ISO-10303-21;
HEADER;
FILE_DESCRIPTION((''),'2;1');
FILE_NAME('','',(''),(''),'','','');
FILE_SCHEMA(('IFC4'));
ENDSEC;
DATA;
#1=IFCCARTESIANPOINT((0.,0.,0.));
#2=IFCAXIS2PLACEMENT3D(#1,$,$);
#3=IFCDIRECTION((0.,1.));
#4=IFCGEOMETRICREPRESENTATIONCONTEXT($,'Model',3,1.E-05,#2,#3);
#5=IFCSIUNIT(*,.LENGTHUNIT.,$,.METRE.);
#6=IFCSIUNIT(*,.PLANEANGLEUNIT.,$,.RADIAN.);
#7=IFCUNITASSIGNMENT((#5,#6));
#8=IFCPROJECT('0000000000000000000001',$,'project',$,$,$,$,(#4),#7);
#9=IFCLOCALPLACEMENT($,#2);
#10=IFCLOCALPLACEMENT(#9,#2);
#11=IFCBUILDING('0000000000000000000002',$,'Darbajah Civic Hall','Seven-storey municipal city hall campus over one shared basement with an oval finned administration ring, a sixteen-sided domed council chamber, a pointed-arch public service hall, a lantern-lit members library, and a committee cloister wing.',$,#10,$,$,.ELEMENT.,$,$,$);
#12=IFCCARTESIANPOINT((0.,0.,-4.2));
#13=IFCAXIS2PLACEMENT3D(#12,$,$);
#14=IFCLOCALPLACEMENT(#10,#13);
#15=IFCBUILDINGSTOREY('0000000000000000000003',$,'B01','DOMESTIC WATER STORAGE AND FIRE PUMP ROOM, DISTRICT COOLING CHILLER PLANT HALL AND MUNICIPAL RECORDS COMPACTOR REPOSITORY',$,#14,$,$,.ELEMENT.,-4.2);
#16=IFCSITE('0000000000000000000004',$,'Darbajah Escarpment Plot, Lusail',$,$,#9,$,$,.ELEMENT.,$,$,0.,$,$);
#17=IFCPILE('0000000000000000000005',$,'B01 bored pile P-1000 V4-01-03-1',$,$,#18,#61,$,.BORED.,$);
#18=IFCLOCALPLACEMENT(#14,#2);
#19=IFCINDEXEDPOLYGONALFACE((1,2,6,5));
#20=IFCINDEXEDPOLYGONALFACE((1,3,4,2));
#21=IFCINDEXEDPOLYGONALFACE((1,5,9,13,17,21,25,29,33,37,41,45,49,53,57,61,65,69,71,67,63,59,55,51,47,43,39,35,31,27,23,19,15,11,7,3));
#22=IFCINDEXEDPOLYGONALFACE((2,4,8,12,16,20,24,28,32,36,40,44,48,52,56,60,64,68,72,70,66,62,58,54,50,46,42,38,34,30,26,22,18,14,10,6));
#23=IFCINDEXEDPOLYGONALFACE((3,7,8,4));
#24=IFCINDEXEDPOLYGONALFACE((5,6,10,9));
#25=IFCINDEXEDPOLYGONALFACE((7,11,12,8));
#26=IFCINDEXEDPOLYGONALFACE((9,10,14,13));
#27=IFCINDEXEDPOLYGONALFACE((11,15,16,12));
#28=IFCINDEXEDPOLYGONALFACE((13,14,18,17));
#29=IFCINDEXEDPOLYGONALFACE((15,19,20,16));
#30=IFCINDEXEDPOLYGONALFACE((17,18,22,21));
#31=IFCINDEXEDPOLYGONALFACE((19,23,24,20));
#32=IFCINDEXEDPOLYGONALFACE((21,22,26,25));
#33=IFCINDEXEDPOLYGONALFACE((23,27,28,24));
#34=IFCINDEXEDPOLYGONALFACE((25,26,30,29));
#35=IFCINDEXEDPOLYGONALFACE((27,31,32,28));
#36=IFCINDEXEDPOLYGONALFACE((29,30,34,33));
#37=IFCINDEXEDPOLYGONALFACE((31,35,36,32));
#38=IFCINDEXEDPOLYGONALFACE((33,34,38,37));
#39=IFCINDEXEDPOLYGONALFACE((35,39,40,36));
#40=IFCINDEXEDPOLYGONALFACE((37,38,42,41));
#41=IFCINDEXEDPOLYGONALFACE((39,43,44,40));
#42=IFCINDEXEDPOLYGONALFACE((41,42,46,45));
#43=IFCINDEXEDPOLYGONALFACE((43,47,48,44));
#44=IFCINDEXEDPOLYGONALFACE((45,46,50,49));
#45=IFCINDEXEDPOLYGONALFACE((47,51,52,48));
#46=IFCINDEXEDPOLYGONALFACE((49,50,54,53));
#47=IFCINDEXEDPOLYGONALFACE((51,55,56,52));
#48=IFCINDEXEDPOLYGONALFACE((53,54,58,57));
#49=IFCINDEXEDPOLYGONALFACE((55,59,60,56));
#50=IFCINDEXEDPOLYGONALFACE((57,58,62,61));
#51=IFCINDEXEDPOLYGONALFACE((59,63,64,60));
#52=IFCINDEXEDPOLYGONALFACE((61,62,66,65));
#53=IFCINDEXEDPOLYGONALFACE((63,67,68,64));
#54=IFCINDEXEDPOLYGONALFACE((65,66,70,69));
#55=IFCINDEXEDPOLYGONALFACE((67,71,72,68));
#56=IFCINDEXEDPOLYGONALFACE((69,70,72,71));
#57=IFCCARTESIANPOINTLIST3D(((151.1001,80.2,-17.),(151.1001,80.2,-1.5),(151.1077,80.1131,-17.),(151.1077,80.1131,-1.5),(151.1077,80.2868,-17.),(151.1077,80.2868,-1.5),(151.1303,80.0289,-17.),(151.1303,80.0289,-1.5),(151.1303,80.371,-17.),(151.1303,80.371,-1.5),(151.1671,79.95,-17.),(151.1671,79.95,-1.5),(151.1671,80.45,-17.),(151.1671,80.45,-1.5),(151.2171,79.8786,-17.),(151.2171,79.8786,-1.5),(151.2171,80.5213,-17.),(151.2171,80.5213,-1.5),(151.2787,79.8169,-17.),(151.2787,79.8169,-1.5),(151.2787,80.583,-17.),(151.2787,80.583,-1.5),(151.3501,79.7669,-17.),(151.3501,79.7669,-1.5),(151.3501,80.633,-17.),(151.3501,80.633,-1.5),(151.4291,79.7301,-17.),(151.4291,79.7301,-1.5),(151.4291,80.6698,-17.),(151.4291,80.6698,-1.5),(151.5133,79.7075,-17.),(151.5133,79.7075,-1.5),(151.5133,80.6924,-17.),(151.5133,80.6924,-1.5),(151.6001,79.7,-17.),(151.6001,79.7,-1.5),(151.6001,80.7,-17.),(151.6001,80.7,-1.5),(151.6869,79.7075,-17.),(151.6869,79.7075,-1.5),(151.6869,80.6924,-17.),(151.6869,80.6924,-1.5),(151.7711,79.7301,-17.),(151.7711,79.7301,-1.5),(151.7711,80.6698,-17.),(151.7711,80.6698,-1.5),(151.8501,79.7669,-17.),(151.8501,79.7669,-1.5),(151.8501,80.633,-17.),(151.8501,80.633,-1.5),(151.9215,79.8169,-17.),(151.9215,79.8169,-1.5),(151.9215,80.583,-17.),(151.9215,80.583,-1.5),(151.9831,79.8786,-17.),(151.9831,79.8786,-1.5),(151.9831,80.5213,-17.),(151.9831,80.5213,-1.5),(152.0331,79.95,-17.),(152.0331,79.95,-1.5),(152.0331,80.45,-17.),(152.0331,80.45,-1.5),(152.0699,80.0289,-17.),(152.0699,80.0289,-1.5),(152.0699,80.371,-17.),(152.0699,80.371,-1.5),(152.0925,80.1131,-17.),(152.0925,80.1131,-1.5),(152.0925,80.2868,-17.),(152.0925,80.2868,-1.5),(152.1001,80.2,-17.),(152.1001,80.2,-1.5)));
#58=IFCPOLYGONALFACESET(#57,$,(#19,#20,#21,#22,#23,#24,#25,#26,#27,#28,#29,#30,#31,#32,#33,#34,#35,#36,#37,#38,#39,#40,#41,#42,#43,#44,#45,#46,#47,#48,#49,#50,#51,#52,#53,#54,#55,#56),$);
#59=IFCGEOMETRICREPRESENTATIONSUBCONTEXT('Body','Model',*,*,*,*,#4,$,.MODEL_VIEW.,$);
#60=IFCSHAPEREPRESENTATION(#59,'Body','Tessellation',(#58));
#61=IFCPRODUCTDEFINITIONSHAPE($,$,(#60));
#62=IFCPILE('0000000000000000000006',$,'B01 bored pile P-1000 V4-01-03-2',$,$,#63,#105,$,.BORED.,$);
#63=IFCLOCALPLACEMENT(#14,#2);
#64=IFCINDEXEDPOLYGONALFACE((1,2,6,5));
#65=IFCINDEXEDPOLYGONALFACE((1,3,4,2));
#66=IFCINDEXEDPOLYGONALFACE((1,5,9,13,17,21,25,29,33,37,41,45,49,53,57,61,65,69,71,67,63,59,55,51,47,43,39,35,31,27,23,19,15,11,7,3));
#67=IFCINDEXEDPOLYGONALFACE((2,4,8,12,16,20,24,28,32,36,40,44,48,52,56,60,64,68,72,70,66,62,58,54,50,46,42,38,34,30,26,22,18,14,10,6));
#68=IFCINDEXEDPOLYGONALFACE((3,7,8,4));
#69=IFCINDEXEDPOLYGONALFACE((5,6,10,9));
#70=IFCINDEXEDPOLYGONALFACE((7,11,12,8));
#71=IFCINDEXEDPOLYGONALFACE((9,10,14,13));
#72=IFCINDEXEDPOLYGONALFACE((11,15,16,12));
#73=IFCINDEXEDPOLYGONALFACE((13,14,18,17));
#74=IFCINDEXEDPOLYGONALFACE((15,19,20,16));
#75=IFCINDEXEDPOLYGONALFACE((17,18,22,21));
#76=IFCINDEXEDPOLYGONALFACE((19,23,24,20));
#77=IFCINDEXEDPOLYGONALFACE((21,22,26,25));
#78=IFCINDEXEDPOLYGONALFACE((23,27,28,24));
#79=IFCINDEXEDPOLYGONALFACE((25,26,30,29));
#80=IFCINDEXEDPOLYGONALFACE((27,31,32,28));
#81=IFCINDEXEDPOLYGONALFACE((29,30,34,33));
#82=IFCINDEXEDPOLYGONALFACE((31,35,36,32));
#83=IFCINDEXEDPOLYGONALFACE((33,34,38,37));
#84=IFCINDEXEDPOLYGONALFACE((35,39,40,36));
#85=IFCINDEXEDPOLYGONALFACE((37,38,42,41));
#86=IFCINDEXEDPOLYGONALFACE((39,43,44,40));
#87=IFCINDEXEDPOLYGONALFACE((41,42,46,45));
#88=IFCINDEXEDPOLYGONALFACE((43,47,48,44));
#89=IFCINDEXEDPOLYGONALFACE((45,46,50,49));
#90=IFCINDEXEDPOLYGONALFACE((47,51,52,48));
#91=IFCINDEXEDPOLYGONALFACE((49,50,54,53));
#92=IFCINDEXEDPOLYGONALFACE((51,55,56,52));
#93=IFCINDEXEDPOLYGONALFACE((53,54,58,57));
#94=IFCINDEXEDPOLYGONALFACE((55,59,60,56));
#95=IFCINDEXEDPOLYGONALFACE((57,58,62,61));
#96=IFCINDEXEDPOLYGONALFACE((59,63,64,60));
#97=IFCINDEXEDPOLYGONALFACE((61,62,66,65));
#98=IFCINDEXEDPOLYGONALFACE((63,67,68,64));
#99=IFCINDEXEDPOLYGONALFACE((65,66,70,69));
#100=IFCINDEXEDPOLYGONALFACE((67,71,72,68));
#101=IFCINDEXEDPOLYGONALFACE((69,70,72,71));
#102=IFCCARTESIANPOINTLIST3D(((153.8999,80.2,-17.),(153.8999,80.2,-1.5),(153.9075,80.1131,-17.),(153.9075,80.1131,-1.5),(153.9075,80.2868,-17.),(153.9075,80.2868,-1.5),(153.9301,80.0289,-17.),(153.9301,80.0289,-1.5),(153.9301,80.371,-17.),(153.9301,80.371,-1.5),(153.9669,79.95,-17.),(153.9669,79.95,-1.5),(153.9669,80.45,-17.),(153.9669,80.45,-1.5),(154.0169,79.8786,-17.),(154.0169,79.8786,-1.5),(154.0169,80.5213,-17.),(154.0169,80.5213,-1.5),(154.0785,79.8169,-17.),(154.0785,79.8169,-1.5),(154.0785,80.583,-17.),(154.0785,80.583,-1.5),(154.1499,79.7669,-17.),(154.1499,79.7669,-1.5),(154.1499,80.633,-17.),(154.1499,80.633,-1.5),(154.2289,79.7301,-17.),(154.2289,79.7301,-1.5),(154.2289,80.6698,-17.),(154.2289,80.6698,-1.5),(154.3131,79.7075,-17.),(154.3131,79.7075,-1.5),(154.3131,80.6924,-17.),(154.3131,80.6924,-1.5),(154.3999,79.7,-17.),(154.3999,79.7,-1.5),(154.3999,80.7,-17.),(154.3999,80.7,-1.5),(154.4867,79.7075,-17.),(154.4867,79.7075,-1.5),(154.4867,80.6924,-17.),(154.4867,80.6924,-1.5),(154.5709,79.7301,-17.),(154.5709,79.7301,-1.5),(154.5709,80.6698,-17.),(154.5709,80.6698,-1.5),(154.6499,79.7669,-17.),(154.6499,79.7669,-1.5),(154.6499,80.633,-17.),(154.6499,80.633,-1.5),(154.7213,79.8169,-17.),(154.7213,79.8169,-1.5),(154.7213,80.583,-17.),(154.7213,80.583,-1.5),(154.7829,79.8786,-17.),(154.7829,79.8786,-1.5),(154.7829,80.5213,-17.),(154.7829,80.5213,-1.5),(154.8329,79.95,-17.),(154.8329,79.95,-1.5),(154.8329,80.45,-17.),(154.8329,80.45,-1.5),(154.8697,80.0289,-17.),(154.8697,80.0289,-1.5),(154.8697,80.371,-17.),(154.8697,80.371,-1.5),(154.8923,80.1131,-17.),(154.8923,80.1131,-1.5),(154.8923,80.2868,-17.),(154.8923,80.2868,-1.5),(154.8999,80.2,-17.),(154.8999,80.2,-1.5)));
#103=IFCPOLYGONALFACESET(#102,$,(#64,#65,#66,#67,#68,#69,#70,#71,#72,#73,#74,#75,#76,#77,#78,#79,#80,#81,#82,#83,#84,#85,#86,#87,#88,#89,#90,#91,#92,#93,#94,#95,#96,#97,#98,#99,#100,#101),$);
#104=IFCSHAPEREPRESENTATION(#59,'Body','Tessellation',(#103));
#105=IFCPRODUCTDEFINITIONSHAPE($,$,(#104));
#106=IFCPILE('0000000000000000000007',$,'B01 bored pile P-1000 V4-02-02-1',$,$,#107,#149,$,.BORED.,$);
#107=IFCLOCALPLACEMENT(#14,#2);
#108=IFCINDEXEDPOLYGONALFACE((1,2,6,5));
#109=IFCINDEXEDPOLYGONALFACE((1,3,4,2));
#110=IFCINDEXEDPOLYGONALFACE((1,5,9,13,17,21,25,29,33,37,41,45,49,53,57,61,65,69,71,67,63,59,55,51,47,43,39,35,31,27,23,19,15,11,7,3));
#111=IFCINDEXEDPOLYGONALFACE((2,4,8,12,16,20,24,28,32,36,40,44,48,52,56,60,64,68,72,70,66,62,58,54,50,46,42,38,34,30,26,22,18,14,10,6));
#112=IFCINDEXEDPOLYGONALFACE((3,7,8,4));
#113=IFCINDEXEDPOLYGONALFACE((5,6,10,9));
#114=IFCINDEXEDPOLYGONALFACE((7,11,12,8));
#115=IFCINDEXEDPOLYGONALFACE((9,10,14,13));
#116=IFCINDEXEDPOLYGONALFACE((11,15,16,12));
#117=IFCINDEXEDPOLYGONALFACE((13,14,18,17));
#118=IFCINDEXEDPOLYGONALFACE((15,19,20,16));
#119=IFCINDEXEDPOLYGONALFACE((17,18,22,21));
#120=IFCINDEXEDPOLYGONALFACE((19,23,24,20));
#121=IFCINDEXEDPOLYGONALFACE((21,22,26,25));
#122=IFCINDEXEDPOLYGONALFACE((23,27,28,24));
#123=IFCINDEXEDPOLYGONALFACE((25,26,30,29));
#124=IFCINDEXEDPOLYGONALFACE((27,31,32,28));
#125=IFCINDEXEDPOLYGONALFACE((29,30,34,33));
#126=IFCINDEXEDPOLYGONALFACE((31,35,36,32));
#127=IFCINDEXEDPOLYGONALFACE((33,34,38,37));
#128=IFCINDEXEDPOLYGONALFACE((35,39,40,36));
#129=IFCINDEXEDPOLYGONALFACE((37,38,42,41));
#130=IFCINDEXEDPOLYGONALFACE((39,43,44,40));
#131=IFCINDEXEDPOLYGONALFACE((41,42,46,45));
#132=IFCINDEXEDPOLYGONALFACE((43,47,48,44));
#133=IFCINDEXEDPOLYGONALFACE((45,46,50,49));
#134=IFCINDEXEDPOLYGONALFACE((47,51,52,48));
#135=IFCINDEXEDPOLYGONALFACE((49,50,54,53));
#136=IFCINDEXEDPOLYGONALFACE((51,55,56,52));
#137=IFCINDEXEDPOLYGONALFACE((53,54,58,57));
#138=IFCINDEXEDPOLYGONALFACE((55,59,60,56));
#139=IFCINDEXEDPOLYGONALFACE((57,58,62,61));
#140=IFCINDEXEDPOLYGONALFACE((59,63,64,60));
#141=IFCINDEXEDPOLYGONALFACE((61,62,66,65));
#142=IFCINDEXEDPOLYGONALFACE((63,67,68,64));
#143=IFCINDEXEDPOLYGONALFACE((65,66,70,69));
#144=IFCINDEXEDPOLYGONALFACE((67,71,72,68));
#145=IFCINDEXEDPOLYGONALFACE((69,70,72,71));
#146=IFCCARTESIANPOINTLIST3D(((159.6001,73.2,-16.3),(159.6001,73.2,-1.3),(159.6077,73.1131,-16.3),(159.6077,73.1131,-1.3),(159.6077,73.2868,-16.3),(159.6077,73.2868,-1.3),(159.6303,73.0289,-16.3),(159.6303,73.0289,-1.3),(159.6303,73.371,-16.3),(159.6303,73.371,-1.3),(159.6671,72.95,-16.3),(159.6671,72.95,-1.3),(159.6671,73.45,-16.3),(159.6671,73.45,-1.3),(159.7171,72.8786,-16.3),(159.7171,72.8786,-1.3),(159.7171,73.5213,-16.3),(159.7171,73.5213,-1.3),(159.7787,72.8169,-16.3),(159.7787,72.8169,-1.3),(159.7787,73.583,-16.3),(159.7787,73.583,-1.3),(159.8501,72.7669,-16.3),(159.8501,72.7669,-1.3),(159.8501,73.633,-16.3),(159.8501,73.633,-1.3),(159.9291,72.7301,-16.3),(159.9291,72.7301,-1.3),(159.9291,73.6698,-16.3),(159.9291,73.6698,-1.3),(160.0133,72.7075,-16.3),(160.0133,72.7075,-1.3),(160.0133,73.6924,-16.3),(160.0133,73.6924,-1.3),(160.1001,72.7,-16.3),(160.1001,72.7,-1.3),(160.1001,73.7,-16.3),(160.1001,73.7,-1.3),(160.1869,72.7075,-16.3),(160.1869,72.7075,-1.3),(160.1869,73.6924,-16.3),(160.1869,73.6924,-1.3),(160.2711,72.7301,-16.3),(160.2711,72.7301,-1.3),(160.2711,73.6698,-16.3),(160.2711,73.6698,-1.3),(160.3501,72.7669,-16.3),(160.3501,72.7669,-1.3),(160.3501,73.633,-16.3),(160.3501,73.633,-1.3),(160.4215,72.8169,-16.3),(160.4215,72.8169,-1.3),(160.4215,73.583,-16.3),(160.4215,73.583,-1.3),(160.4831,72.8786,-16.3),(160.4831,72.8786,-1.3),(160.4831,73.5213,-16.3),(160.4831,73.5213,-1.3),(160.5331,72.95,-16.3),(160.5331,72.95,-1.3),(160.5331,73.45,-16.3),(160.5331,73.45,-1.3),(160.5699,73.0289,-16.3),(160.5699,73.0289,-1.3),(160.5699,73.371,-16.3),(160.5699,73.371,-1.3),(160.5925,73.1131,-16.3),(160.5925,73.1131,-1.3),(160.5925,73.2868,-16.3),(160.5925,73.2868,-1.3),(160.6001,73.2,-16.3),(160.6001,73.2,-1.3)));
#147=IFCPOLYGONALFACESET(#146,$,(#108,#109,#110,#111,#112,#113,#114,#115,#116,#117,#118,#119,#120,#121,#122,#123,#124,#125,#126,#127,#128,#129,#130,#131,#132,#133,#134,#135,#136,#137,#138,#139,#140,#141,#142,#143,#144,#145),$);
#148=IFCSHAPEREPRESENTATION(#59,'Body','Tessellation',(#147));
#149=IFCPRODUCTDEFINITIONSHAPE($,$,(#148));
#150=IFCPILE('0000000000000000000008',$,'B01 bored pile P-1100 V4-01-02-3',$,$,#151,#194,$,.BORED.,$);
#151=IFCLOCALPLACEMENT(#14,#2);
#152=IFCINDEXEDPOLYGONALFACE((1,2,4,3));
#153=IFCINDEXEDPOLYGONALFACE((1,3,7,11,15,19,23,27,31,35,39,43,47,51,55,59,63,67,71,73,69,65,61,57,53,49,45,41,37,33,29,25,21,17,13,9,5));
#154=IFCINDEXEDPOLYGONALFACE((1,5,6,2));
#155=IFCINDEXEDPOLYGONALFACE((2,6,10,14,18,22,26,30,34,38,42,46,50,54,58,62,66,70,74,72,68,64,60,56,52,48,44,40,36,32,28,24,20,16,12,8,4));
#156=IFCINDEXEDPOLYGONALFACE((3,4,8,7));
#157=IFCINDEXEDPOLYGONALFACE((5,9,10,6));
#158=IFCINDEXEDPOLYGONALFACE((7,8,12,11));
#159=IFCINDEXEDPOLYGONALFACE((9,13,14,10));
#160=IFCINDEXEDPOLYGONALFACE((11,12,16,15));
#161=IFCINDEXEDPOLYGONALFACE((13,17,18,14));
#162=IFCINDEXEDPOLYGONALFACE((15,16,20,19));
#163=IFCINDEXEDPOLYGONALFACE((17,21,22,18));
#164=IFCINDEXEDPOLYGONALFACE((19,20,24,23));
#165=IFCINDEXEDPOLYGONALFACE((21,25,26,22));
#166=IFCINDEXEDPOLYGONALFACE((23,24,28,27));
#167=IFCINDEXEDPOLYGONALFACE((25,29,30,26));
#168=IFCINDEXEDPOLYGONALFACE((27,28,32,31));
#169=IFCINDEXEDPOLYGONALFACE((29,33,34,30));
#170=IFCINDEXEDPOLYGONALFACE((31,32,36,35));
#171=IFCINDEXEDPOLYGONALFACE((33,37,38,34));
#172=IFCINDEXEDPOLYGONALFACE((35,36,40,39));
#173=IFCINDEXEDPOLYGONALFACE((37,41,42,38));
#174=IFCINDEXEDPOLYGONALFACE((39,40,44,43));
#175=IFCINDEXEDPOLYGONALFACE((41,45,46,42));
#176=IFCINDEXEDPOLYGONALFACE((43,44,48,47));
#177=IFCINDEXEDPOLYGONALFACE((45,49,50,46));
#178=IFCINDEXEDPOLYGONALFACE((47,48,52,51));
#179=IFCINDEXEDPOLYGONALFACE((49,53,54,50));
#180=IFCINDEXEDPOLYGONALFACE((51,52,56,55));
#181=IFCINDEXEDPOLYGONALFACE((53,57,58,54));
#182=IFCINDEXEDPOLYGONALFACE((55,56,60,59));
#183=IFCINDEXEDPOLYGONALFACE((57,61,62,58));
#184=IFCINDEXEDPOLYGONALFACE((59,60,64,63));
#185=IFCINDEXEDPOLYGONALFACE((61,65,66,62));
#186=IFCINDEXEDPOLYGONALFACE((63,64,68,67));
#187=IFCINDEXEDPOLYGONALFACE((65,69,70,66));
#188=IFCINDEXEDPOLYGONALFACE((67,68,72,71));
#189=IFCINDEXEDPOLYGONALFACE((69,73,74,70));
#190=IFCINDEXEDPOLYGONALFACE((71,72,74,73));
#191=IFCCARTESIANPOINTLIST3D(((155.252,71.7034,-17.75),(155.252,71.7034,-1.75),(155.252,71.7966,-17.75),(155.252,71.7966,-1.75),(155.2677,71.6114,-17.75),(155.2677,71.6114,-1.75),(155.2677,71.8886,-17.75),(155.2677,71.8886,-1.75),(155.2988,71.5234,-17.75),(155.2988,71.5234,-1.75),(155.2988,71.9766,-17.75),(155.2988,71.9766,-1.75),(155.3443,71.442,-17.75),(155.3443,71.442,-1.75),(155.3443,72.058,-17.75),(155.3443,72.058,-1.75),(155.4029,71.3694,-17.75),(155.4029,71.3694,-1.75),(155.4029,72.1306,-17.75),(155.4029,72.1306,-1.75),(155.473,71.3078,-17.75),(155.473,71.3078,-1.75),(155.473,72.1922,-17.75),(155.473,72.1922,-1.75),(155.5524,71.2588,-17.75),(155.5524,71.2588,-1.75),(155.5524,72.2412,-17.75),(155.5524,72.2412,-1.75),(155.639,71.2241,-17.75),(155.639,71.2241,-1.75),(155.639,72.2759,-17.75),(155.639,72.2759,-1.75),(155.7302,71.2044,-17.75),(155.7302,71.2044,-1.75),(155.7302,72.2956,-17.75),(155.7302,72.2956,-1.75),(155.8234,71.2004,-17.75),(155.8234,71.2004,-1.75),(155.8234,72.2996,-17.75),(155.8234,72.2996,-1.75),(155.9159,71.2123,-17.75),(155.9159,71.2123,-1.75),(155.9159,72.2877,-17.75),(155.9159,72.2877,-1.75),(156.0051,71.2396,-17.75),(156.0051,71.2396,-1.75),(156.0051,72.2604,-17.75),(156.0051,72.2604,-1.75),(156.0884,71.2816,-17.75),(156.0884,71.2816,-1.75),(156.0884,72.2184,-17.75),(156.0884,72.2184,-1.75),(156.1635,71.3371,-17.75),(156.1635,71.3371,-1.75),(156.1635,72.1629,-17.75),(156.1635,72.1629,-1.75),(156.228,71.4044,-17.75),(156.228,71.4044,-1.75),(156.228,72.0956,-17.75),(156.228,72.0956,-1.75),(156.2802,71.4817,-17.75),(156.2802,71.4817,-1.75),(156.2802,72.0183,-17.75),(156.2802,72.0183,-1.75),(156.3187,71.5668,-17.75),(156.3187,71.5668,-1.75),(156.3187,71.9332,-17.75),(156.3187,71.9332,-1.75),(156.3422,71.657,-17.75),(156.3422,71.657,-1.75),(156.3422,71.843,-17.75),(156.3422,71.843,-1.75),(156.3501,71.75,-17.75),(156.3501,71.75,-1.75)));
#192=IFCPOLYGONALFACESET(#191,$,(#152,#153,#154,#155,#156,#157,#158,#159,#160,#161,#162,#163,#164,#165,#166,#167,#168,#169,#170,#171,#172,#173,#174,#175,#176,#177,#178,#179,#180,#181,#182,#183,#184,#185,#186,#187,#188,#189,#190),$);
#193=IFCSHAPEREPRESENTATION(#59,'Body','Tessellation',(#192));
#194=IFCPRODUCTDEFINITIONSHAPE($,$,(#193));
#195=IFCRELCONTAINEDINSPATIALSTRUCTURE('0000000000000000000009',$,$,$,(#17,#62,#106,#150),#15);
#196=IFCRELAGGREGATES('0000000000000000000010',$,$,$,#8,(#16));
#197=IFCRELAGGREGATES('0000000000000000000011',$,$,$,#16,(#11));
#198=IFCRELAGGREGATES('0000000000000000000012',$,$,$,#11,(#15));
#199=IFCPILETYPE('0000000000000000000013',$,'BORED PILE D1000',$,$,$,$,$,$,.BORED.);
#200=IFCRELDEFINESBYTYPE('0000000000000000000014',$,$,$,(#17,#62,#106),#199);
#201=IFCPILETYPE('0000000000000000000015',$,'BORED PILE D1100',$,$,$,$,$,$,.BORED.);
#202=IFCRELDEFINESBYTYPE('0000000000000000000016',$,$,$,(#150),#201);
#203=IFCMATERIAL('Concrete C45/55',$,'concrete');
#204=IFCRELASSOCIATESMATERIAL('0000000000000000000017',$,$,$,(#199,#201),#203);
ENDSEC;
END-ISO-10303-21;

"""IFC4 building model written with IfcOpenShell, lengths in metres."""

from ifc_helpers import new_model, si_unit, direction, frame, origin, origin_2d, place, context, subcontext, project, spatial, circle, extrude, material, material_profile, profile_set, type_object, element, save


model = new_model("IFC4")

# Units and contexts
model_context = context("Model", 3, precision=1e-05, world=origin(), true_north=direction((0.0, 1.0)))
body_context = subcontext(model_context, "Body", "Model", "MODEL_VIEW")
ifc_project = project(units=[si_unit("LENGTHUNIT", "METRE"), si_unit("PLANEANGLEUNIT", "RADIAN")], contexts=[model_context])

# Site, building, storey
site_placement = place(None, origin())
site = spatial("IfcSite", under=ifc_project, at=site_placement, Name="Darbajah Escarpment Plot, Lusail", CompositionType="ELEMENT", RefElevation=0.0)
building_placement = place(site_placement, origin())
building = spatial("IfcBuilding", under=site, at=building_placement, Name="Darbajah Civic Hall", Description="Seven-storey municipal city hall campus over one shared basement with an oval finned administration ring, a sixteen-sided domed council chamber, a pointed-arch public service hall, a lantern-lit members library, and a committee cloister wing.", CompositionType="ELEMENT")
storey_placement = place(building_placement, frame((0.0, 0.0, -4.2)))
storey = spatial("IfcBuildingStorey", under=building, at=storey_placement, Name="B01", Description="DOMESTIC WATER STORAGE AND FIRE PUMP ROOM, DISTRICT COOLING CHILLER PLANT HALL AND MUNICIPAL RECORDS COMPACTOR REPOSITORY", CompositionType="ELEMENT", Elevation=-4.2)

# Piles
ifc_material_1 = material(Name="Concrete C45/55", Category="concrete")
ifc_material_profile_1 = material_profile(ifc_material_1, circle(Radius=0.5, at=origin_2d()), Name="BORED PILE D1000")
ifc_profile_set_1 = profile_set([ifc_material_profile_1], Name="Concrete C45/55")
pile_type_1 = type_object("IfcPileType", Name="BORED PILE D1000", PredefinedType="BORED", material=ifc_profile_set_1)
for number, where, z_axis, x_axis, name in (
    (1, (151.6001, 80.2, -1.5), (0.0, 0.0, -1.0), (1.0, 0.0, 0.0), "B01 bored pile P-1000 V4-01-03-1"),
    (2, (154.3999, 80.2, -1.5), (0.0, 0.0, -1.0), (1.0, 0.0, 0.0), "B01 bored pile P-1000 V4-01-03-2"),
):
    element("IfcPile", number, at=place(storey_placement, frame(where, z_axis=z_axis, x_axis=x_axis)), inside=storey, type_object=pile_type_1, Name=name, PredefinedType="BORED", context=body_context, shape_type="SweptSolid", body=[
        extrude(circle(Radius=0.5, at=origin_2d()), origin(), (0.0, 0.0, 1.0), 15.5),
    ])
pile_placement = place(storey_placement, frame((160.1001, 73.2, -1.3), z_axis=(0.0, 0.0, -1.0), x_axis=(1.0, 0.0, 0.0)))
element("IfcPile", 3, at=pile_placement, inside=storey, type_object=pile_type_1, Name="B01 bored pile P-1000 V4-02-02-1", PredefinedType="BORED", context=body_context, shape_type="SweptSolid", body=[
    extrude(circle(Radius=0.5, at=origin_2d()), origin(), (0.0, 0.0, 1.0), 15.0),
])
ifc_material_profile_2 = material_profile(ifc_material_1, circle(Radius=0.55, at=origin_2d()), Name="BORED PILE D1100")
ifc_profile_set_2 = profile_set([ifc_material_profile_2], Name="Concrete C45/55")
pile_type_2 = type_object("IfcPileType", Name="BORED PILE D1100", PredefinedType="BORED", material=ifc_profile_set_2)
for number, where, z_axis, x_axis, name in (
    (4, (155.8, 71.75, -1.75), (0.0, 0.0, -1.0), (1.0, 0.0, 0.0), "B01 bored pile P-1100 V4-01-02-3"),
):
    element("IfcPile", number, at=place(storey_placement, frame(where, z_axis=z_axis, x_axis=x_axis)), inside=storey, type_object=pile_type_2, Name=name, PredefinedType="BORED", context=body_context, shape_type="SweptSolid", body=[
        extrude(circle(Radius=0.55, at=origin_2d()), origin(), (0.0, 0.0, 1.0), 16.0),
    ])

save(model, "model.ifc")
